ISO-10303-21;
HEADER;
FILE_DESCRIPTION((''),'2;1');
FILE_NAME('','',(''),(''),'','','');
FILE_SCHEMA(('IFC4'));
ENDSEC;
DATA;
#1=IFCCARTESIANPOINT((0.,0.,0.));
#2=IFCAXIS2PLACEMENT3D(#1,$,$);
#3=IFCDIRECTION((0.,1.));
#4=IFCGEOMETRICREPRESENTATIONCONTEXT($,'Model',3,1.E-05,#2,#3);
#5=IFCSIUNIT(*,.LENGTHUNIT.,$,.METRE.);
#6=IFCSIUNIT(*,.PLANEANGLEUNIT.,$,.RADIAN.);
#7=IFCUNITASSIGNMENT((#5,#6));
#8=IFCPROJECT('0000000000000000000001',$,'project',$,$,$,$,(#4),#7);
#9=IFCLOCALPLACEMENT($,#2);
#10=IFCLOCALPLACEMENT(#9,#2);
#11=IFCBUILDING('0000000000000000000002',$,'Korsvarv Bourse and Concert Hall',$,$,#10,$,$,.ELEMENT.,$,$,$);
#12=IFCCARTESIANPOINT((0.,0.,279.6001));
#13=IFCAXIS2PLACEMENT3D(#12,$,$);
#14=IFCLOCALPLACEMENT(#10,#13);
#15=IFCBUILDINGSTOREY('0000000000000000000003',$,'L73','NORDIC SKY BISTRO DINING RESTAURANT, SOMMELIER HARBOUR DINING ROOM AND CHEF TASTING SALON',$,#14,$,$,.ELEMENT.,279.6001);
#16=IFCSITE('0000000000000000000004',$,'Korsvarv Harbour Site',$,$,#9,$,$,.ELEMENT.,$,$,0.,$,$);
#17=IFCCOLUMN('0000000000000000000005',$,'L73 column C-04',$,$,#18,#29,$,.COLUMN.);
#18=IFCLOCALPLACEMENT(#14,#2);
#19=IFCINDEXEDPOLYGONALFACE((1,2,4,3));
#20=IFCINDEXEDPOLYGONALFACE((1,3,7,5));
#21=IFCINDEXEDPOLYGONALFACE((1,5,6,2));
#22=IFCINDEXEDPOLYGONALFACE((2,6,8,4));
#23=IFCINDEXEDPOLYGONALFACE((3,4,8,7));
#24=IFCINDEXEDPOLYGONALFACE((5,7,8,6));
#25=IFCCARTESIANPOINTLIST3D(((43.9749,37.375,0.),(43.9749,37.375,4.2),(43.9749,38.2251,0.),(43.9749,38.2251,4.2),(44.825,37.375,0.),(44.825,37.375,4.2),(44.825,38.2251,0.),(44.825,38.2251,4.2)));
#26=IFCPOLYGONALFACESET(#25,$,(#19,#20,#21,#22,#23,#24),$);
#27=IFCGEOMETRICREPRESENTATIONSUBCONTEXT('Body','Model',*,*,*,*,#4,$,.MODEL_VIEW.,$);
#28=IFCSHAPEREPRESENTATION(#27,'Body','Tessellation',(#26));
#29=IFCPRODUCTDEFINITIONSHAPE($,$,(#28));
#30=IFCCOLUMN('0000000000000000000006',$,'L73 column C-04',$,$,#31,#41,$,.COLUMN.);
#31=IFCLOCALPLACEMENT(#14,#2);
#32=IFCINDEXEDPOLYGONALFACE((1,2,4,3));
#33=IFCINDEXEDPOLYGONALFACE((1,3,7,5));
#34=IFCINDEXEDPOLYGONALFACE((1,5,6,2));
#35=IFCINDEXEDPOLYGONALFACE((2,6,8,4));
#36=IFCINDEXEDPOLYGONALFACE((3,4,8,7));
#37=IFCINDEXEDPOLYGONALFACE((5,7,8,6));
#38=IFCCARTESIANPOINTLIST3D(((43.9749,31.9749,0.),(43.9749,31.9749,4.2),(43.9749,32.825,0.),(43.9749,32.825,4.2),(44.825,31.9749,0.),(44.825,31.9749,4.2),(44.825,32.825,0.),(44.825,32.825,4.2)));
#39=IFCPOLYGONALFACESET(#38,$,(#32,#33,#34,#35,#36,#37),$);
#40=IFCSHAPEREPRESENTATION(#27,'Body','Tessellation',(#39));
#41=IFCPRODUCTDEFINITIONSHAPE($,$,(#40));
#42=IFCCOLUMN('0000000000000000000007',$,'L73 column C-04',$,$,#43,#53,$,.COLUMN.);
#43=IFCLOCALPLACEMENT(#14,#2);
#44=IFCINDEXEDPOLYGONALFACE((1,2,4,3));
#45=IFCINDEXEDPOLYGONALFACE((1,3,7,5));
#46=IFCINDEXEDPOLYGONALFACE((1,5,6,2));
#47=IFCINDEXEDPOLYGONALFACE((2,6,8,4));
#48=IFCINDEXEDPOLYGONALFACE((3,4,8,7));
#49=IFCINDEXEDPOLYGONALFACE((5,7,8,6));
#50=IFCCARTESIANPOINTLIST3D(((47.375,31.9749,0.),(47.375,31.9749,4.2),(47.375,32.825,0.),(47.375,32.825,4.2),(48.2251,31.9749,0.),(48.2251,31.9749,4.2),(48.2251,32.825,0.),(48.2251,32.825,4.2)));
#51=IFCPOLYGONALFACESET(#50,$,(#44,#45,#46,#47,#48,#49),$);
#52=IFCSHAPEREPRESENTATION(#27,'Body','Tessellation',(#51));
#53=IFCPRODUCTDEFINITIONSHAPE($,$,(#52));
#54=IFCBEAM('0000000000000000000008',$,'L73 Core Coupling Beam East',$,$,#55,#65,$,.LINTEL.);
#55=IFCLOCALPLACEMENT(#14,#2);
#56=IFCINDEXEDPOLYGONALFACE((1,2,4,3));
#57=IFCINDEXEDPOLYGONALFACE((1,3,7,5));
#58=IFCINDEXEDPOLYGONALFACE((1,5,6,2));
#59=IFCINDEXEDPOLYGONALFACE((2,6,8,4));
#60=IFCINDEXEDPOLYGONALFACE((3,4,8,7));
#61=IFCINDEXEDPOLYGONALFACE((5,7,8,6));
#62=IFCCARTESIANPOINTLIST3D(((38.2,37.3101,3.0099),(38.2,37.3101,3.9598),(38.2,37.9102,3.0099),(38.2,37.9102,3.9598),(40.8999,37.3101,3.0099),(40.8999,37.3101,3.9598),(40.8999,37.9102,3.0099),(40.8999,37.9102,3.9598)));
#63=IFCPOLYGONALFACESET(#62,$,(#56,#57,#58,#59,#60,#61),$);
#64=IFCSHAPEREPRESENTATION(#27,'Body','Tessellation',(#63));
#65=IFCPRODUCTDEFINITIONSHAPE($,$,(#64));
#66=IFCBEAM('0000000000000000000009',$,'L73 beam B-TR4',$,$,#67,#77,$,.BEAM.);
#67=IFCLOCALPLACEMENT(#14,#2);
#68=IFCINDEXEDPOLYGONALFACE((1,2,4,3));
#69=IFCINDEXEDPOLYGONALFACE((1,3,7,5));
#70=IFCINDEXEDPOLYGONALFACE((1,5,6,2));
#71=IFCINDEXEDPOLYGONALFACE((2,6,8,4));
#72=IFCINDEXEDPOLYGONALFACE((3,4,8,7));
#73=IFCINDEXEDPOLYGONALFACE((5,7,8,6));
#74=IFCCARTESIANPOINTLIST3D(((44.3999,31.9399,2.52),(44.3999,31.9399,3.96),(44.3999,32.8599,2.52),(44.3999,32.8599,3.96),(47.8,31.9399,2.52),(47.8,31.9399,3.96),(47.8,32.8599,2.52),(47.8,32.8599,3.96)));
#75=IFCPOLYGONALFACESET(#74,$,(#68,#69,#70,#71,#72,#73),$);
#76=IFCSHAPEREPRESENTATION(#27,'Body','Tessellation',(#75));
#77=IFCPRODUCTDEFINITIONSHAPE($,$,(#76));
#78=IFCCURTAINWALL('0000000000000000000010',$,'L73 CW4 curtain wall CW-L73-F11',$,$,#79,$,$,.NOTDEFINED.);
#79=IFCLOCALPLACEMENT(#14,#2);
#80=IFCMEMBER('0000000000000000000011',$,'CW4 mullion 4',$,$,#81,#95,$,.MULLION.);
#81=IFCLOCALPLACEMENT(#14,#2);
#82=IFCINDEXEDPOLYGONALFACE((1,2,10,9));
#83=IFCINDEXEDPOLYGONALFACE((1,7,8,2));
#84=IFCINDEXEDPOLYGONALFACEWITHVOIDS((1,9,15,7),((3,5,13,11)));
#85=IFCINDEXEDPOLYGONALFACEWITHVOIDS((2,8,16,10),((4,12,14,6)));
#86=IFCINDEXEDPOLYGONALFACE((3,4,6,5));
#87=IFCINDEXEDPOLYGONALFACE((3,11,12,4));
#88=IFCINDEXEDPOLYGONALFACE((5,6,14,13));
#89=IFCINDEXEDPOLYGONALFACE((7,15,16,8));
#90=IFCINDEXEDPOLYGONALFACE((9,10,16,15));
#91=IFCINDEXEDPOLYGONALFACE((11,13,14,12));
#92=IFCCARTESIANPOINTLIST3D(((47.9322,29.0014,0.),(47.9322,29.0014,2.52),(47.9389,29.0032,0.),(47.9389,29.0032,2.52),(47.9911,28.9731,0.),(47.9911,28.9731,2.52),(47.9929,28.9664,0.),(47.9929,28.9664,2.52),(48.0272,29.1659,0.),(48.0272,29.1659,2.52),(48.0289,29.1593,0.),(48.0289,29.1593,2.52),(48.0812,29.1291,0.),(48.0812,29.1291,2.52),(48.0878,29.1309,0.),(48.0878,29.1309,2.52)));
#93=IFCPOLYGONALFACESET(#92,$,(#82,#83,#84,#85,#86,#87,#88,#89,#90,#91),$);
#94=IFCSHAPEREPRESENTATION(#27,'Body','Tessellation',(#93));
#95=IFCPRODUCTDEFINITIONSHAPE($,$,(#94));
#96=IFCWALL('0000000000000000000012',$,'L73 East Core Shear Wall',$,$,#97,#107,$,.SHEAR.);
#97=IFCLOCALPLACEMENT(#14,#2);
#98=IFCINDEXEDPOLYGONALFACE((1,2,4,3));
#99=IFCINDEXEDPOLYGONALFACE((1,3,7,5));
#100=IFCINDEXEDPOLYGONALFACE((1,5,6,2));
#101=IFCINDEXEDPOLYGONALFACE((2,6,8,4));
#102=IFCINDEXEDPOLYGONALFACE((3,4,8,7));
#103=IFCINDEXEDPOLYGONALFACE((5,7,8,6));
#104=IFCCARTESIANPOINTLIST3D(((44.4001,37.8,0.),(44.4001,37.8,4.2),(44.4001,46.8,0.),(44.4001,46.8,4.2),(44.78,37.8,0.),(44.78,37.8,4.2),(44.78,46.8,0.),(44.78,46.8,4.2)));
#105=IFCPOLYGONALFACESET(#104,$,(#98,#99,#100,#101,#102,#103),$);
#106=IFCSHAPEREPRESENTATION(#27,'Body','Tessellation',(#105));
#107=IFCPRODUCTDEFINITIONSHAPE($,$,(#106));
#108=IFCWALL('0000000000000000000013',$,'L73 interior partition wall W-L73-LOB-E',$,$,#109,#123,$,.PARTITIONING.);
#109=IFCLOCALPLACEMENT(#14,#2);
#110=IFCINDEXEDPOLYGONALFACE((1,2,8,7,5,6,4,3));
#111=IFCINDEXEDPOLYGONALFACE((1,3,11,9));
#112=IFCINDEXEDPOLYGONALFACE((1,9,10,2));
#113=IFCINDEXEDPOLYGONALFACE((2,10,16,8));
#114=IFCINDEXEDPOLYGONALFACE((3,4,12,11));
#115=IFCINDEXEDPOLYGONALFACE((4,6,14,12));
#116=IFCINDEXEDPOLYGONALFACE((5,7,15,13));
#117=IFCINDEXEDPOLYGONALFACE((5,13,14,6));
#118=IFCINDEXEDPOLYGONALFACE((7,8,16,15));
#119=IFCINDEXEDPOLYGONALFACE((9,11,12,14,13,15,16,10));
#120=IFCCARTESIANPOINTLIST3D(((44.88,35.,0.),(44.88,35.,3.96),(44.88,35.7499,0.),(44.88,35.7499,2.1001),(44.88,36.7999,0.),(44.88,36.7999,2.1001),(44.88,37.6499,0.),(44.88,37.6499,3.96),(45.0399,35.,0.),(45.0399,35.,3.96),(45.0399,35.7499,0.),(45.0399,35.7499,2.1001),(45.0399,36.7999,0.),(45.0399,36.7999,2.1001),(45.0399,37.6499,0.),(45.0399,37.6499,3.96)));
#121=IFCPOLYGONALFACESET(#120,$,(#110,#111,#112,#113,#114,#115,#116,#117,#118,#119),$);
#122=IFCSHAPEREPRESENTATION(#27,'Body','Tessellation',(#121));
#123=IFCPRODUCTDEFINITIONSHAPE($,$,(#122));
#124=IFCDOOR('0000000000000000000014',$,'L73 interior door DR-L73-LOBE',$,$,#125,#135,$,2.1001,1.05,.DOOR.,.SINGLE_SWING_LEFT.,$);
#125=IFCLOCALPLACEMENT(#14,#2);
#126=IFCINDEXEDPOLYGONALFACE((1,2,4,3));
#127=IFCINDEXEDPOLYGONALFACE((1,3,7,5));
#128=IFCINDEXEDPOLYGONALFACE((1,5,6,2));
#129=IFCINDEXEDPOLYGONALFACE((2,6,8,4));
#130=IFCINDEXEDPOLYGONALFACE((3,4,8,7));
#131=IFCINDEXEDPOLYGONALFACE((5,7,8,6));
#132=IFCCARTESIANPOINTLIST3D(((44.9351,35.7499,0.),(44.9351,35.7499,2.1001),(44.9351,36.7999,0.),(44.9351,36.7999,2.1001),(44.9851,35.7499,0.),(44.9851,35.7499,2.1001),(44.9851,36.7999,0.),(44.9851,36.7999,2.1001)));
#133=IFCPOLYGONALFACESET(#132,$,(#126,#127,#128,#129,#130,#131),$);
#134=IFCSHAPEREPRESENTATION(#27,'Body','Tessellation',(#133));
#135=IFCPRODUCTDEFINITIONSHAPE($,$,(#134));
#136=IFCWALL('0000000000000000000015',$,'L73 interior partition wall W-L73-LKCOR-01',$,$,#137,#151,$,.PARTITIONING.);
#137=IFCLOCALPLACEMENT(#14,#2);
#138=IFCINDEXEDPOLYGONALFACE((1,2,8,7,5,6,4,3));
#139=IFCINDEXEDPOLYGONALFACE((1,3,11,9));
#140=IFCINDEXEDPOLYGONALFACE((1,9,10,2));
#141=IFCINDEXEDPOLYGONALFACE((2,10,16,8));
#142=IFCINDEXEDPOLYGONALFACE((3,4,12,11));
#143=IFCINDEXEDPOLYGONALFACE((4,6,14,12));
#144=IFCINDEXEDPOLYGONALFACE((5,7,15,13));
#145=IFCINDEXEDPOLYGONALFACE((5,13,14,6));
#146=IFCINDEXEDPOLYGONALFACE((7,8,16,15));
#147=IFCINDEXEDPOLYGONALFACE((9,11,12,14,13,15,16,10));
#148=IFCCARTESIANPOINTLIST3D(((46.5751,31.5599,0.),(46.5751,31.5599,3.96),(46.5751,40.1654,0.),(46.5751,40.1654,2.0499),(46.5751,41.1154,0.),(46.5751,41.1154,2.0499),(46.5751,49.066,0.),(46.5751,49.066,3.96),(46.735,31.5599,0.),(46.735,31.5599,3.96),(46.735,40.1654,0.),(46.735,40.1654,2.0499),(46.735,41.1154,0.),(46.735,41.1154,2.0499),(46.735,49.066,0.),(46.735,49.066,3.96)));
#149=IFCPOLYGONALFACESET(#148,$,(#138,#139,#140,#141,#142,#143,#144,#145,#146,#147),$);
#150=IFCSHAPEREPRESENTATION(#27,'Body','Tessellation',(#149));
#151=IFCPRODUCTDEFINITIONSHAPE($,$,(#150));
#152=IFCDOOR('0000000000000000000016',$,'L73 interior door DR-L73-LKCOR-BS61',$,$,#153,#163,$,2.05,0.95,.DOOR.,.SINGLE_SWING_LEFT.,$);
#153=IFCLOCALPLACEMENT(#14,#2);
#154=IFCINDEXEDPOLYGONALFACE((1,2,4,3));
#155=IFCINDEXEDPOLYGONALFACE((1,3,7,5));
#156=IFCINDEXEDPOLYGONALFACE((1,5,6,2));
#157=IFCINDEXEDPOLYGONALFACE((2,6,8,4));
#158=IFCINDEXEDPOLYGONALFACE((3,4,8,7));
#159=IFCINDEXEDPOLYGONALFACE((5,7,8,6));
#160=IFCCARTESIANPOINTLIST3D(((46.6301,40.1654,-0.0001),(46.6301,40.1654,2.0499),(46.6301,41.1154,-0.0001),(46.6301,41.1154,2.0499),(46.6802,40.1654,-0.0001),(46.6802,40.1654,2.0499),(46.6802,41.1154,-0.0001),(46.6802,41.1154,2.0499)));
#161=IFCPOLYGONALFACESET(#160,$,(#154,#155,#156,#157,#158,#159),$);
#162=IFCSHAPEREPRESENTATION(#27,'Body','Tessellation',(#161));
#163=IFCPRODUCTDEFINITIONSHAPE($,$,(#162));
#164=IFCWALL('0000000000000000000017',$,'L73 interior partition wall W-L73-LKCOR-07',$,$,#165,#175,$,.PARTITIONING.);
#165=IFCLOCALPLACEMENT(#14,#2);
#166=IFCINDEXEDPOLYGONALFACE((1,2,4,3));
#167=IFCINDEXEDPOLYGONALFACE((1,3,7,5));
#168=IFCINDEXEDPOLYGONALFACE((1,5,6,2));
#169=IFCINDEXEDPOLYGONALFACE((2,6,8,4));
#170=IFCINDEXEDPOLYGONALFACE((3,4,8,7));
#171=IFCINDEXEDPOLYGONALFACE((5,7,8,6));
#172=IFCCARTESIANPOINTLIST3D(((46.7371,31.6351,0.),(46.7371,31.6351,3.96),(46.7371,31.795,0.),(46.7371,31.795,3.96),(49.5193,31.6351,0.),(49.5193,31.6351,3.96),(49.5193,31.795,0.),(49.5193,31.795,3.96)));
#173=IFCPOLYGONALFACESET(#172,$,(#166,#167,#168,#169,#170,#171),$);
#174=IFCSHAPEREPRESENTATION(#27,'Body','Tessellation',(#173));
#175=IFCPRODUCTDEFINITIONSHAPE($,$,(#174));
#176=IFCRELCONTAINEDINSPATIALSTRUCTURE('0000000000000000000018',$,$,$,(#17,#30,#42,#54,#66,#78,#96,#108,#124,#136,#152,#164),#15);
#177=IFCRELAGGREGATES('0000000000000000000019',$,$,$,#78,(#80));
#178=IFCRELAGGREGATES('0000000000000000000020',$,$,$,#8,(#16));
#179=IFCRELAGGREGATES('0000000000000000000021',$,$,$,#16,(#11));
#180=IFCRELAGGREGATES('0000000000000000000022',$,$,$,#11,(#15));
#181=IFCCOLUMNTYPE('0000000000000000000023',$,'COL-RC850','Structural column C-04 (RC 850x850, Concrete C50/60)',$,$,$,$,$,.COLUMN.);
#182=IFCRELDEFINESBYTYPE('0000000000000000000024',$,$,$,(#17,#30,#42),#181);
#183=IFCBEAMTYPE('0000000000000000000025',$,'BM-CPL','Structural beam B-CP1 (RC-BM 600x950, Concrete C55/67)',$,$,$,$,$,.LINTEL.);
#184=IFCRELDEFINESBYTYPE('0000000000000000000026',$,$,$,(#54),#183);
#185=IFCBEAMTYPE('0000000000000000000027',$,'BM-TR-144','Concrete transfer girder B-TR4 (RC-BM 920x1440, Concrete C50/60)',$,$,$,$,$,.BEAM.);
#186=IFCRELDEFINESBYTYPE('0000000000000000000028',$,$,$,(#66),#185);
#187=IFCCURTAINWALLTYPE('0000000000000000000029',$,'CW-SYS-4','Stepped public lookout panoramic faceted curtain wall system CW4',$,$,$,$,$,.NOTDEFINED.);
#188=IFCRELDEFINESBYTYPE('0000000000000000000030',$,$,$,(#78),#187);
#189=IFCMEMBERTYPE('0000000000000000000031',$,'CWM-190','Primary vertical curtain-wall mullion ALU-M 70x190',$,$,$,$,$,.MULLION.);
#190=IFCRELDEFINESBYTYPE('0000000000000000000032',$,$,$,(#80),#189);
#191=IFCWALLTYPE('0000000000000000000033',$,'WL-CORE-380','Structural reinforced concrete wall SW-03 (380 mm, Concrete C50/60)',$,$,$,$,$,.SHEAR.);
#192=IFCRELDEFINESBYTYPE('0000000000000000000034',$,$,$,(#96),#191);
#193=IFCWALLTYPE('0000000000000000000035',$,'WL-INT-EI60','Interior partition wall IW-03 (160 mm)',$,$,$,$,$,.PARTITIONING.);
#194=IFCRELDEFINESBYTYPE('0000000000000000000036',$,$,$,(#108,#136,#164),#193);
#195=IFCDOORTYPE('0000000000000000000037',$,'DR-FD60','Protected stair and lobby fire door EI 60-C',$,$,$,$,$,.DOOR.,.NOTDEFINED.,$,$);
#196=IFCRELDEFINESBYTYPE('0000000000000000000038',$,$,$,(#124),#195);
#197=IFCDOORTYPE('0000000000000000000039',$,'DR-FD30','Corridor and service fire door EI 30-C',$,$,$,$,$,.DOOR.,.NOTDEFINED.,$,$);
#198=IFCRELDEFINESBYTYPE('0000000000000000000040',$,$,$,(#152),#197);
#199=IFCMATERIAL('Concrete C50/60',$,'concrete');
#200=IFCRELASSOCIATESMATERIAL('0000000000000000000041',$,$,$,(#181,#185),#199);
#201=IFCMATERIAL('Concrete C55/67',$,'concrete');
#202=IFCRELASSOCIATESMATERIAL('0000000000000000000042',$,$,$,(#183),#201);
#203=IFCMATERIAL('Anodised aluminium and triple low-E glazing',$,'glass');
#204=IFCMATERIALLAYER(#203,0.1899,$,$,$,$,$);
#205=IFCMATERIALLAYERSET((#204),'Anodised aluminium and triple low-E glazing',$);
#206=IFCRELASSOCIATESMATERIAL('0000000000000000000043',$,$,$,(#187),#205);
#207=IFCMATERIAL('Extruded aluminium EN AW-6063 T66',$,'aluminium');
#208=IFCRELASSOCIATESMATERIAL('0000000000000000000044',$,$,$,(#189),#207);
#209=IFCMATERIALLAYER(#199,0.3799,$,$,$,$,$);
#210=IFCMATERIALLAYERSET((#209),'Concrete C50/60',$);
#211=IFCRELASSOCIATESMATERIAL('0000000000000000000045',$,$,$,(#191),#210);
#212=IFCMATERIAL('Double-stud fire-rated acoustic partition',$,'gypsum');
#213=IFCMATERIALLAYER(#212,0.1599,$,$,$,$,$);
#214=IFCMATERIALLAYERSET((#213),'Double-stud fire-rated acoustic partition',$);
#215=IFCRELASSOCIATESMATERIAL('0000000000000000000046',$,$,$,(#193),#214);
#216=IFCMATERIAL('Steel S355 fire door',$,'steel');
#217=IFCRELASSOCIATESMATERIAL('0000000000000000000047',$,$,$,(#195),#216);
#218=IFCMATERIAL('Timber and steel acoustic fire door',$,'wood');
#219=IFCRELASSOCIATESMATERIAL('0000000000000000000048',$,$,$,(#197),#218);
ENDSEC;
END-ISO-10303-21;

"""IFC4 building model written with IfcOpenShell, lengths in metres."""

from ifc_helpers import new_model, si_unit, direction, frame, frame_2d, origin, origin_2d, place, context, subcontext, project, spatial, rectangle, hollow_rectangle, extrude, source, transform, mapped, material, layer, layer_set, material_profile, profile_set, type_object, element, fill, aggregate, save


model = new_model("IFC4")

# Units and contexts
model_context = context("Model", 3, precision=1e-05, world=origin(), true_north=direction((0.0, 1.0)))
body_context = subcontext(model_context, "Body", "Model", "MODEL_VIEW")
ifc_project = project(units=[si_unit("LENGTHUNIT", "METRE"), si_unit("PLANEANGLEUNIT", "RADIAN")], contexts=[model_context])

# Site, building, storey
site_placement = place(None, origin())
site = spatial("IfcSite", under=ifc_project, at=site_placement, Name="Korsvarv Harbour Site", CompositionType="ELEMENT", RefElevation=0.0)
building_placement = place(site_placement, origin())
building = spatial("IfcBuilding", under=site, at=building_placement, Name="Korsvarv Bourse and Concert Hall", CompositionType="ELEMENT")
storey_placement = place(building_placement, frame((0.0, 0.0, 279.6001)))
storey = spatial("IfcBuildingStorey", under=building, at=storey_placement, Name="L73", Description="NORDIC SKY BISTRO DINING RESTAURANT, SOMMELIER HARBOUR DINING ROOM AND CHEF TASTING SALON", CompositionType="ELEMENT", Elevation=279.6001)

# Columns
ifc_material_1 = material(Name="Concrete C50/60", Category="concrete")
ifc_material_profile_1 = material_profile(ifc_material_1, rectangle(XDim=0.8501, YDim=0.8501, at=origin_2d()), Name="RC 850x850")
ifc_profile_set_1 = profile_set([ifc_material_profile_1], Name="Concrete C50/60")
column_type = type_object("IfcColumnType", Name="COL-RC850", Description="Structural column C-04 (RC 850x850, Concrete C50/60)", PredefinedType="COLUMN", material=ifc_profile_set_1)
shared_shape_1 = source(origin(), body_context, "Body", "SweptSolid", [
    extrude(rectangle(XDim=0.8501, YDim=0.8501, at=origin_2d()), origin(), (0.0, 0.0, 1.0), 4.2),
])
for number, where, z_axis, x_axis, name in (
    (1, (44.3999, 37.8, 0.0), (0.0, 0.0, 1.0), (1.0, 0.0, 0.0), "L73 column C-04"),
    (2, (44.3999, 32.3999, 0.0), (0.0, 0.0, 1.0), (1.0, 0.0, 0.0), "L73 column C-04"),
    (3, (47.8, 32.3999, 0.0), (0.0, 0.0, 1.0), (1.0, 0.0, 0.0), "L73 column C-04"),
):
    element("IfcColumn", number, at=place(storey_placement, frame(where, z_axis=z_axis, x_axis=x_axis)), inside=storey, type_object=column_type, Name=name, PredefinedType="COLUMN", context=body_context, shape_type="MappedRepresentation", body=[
        mapped(shared_shape_1, transform((0.0, 0.0, 0.0), scale=1.0)),
    ])

# Beams
ifc_material_2 = material(Name="Concrete C55/67", Category="concrete")
ifc_material_profile_2 = material_profile(ifc_material_2, rectangle(XDim=0.6001, YDim=0.95, at=origin_2d()), Name="RC-BM 600x950")
ifc_profile_set_2 = profile_set([ifc_material_profile_2], Name="Concrete C55/67")
beam_type_1 = type_object("IfcBeamType", Name="BM-CPL", Description="Structural beam B-CP1 (RC-BM 600x950, Concrete C55/67)", PredefinedType="LINTEL", material=ifc_profile_set_2)
shared_shape_2 = source(origin(), body_context, "Body", "SweptSolid", [
    extrude(rectangle(XDim=0.6001, YDim=0.95, at=origin_2d()), origin(), (0.0, 0.0, 1.0), 2.7),
])
beam_1_placement = place(storey_placement, frame((38.2, 37.6101, 3.4849), z_axis=(1.0, 0.0, 0.0), x_axis=(0.0, 1.0, 0.0)))
element("IfcBeam", 4, at=beam_1_placement, inside=storey, type_object=beam_type_1, Name="L73 Core Coupling Beam East", PredefinedType="LINTEL", context=body_context, shape_type="MappedRepresentation", body=[
    mapped(shared_shape_2, transform((0.0, 0.0, 0.0), scale=1.0)),
])
ifc_material_profile_3 = material_profile(ifc_material_1, rectangle(XDim=0.9199, YDim=1.4399, at=origin_2d()), Name="RC-BM 920x1440")
ifc_profile_set_3 = profile_set([ifc_material_profile_3], Name="Concrete C50/60")
beam_type_2 = type_object("IfcBeamType", Name="BM-TR-144", Description="Concrete transfer girder B-TR4 (RC-BM 920x1440, Concrete C50/60)", PredefinedType="BEAM", material=ifc_profile_set_3)
shared_shape_3 = source(origin(), body_context, "Body", "SweptSolid", [
    extrude(rectangle(XDim=0.9199, YDim=1.4399, at=origin_2d()), origin(), (0.0, 0.0, 1.0), 3.4001),
])
beam_2_placement = place(storey_placement, frame((44.3999, 32.3999, 3.24), z_axis=(1.0, 0.0, 0.0), x_axis=(0.0, 1.0, 0.0)))
element("IfcBeam", 5, at=beam_2_placement, inside=storey, type_object=beam_type_2, Name="L73 beam B-TR4", PredefinedType="BEAM", context=body_context, shape_type="MappedRepresentation", body=[
    mapped(shared_shape_3, transform((0.0, 0.0, 0.0), scale=1.0)),
])

# Curtain wall, member
ifc_material_3 = material(Name="Anodised aluminium and triple low-E glazing", Category="glass")
ifc_layer_1 = layer(ifc_material_3, 0.1899)
ifc_layer_set_1 = layer_set([ifc_layer_1], Name="Anodised aluminium and triple low-E glazing")
curtain_wall_type = type_object("IfcCurtainWallType", Name="CW-SYS-4", Description="Stepped public lookout panoramic faceted curtain wall system CW4", PredefinedType="NOTDEFINED", material=ifc_layer_set_1)
curtain_wall_placement = place(storey_placement, origin())
curtain_wall = element("IfcCurtainWall", 6, at=curtain_wall_placement, inside=storey, type_object=curtain_wall_type, Name="L73 CW4 curtain wall CW-L73-F11", PredefinedType="NOTDEFINED")
ifc_material_4 = material(Name="Extruded aluminium EN AW-6063 T66", Category="aluminium")
ifc_material_profile_4 = material_profile(ifc_material_4, hollow_rectangle(XDim=0.0701, YDim=0.1899, WallThickness=0.0049, at=origin_2d()), Name="ALU-M 70x190")
ifc_profile_set_4 = profile_set([ifc_material_profile_4], Name="Extruded aluminium EN AW-6063 T66")
member_type = type_object("IfcMemberType", Name="CWM-190", Description="Primary vertical curtain-wall mullion ALU-M 70x190", PredefinedType="MULLION", material=ifc_profile_set_4)
shared_shape_4 = source(origin(), body_context, "Body", "SweptSolid", [
    extrude(hollow_rectangle(XDim=0.0701, YDim=0.1899, WallThickness=0.0049, at=origin_2d()), origin(), (0.0, 0.0, 1.0), 2.52),
])
member_placement = place(storey_placement, frame((48.01, 29.0662, 0.0), z_axis=(0.0, 0.0, 1.0), x_axis=(-0.866027, 0.499998, 0.0)))
member = element("IfcMember", 7, at=member_placement, type_object=member_type, Name="CW4 mullion 4", PredefinedType="MULLION", context=body_context, shape_type="MappedRepresentation", body=[
    mapped(shared_shape_4, transform((0.0, 0.0, 0.0), scale=1.0)),
])
aggregate(curtain_wall, [member])

# Wall
ifc_layer_2 = layer(ifc_material_1, 0.3799)
ifc_layer_set_2 = layer_set([ifc_layer_2], Name="Concrete C50/60")
wall_type_1 = type_object("IfcWallType", Name="WL-CORE-380", Description="Structural reinforced concrete wall SW-03 (380 mm, Concrete C50/60)", PredefinedType="SHEAR", material=ifc_layer_set_2)
wall_1_placement = place(storey_placement, frame((44.5901, 37.8, 0.0), z_axis=(0.0, 0.0, 1.0), x_axis=(0.0, 1.0, 0.0)))
element("IfcWall", 8, at=wall_1_placement, inside=storey, type_object=wall_type_1, Name="L73 East Core Shear Wall", PredefinedType="SHEAR", context=body_context, shape_type="SweptSolid", body=[
    extrude(rectangle(XDim=9.0, YDim=0.3799, at=frame_2d((4.5, 0.0))), origin(), (0.0, 0.0, 1.0), 4.2),
])

# Walls, openings, doors
ifc_material_5 = material(Name="Double-stud fire-rated acoustic partition", Category="gypsum")
ifc_layer_3 = layer(ifc_material_5, 0.1599)
ifc_layer_set_3 = layer_set([ifc_layer_3], Name="Double-stud fire-rated acoustic partition")
wall_type_2 = type_object("IfcWallType", Name="WL-INT-EI60", Description="Interior partition wall IW-03 (160 mm)", PredefinedType="PARTITIONING", material=ifc_layer_set_3)
wall_2_placement = place(storey_placement, frame((44.96, 35.0, 0.0), z_axis=(0.0, 0.0, 1.0), x_axis=(0.0, 1.0, 0.0)))
wall_2 = element("IfcWall", 9, at=wall_2_placement, inside=storey, type_object=wall_type_2, Name="L73 interior partition wall W-L73-LOB-E", PredefinedType="PARTITIONING", context=body_context, shape_type="SweptSolid", body=[
    extrude(rectangle(XDim=2.6499, YDim=0.1599, at=frame_2d((1.325, 0.0))), origin(), (0.0, 0.0, 1.0), 3.96),
])
opening_1_placement = place(wall_2_placement, frame((0.75, 0.0, 0.0)))
opening_1 = element("IfcOpeningElement", 10, at=opening_1_placement, cuts=wall_2, PredefinedType="OPENING", context=body_context, shape_type="SweptSolid", body=[
    extrude(rectangle(XDim=1.05, YDim=2.1001, at=frame_2d((0.5249, 1.05))), frame((0.0, 0.0898, 0.0), z_axis=(0.0, -1.0, 0.0), x_axis=(1.0, 0.0, 0.0)), (0.0, 0.0, 1.0), 0.1799),
])
ifc_material_6 = material(Name="Steel S355 fire door", Category="steel")
door_type_1 = type_object("IfcDoorType", Name="DR-FD60", Description="Protected stair and lobby fire door EI 60-C", OperationType="NOTDEFINED", PredefinedType="DOOR", material=ifc_material_6)
door_1_placement = place(opening_1_placement, origin())
door_1 = element("IfcDoor", 11, at=door_1_placement, inside=storey, type_object=door_type_1, Name="L73 interior door DR-L73-LOBE", OperationType="SINGLE_SWING_LEFT", OverallHeight=2.1001, OverallWidth=1.05, PredefinedType="DOOR", context=body_context, shape_type="SweptSolid", body=[
    extrude(rectangle(XDim=1.05, YDim=2.1001, at=frame_2d((0.5249, 1.05))), frame((0.0, 0.0249, 0.0), z_axis=(0.0, -1.0, 0.0), x_axis=(1.0, 0.0, 0.0)), (0.0, 0.0, 1.0), 0.05),
])
fill(opening_1, door_1)
wall_3_placement = place(storey_placement, frame((46.655, 31.5601, 0.0), z_axis=(0.0, 0.0, 1.0), x_axis=(0.0, 1.0, 0.0)))
wall_3 = element("IfcWall", 12, at=wall_3_placement, inside=storey, type_object=wall_type_2, Name="L73 interior partition wall W-L73-LKCOR-01", PredefinedType="PARTITIONING", context=body_context, shape_type="SweptSolid", body=[
    extrude(rectangle(XDim=17.5061, YDim=0.1599, at=frame_2d((8.7529, 0.0))), origin(), (0.0, 0.0, 1.0), 3.96),
])
opening_2_placement = place(wall_3_placement, frame((8.6052, 0.0, 0.0)))
opening_2 = element("IfcOpeningElement", 13, at=opening_2_placement, cuts=wall_3, PredefinedType="OPENING", context=body_context, shape_type="SweptSolid", body=[
    extrude(rectangle(XDim=0.95, YDim=2.05, at=frame_2d((0.4751, 1.0249))), frame((0.0, 0.0898, 0.0), z_axis=(0.0, -1.0, 0.0), x_axis=(1.0, 0.0, 0.0)), (0.0, 0.0, 1.0), 0.1799),
])
ifc_material_7 = material(Name="Timber and steel acoustic fire door", Category="wood")
door_type_2 = type_object("IfcDoorType", Name="DR-FD30", Description="Corridor and service fire door EI 30-C", OperationType="NOTDEFINED", PredefinedType="DOOR", material=ifc_material_7)
door_2_placement = place(opening_2_placement, origin())
door_2 = element("IfcDoor", 14, at=door_2_placement, inside=storey, type_object=door_type_2, Name="L73 interior door DR-L73-LKCOR-BS61", OperationType="SINGLE_SWING_LEFT", OverallHeight=2.05, OverallWidth=0.95, PredefinedType="DOOR", context=body_context, shape_type="SweptSolid", body=[
    extrude(rectangle(XDim=0.95, YDim=2.05, at=frame_2d((0.4751, 1.0249))), frame((0.0, 0.0249, 0.0), z_axis=(0.0, -1.0, 0.0), x_axis=(1.0, 0.0, 0.0)), (0.0, 0.0, 1.0), 0.05),
])
fill(opening_2, door_2)

# Wall
wall_4_placement = place(storey_placement, frame((46.7371, 31.7151, 0.0), z_axis=(0.0, 0.0, 1.0), x_axis=(1.0, 0.0, 0.0)))
element("IfcWall", 15, at=wall_4_placement, inside=storey, type_object=wall_type_2, Name="L73 interior partition wall W-L73-LKCOR-07", PredefinedType="PARTITIONING", context=body_context, shape_type="SweptSolid", body=[
    extrude(rectangle(XDim=2.7822, YDim=0.1599, at=frame_2d((1.3911, 0.0))), origin(), (0.0, 0.0, 1.0), 3.96),
])

save(model, "model.ifc")
